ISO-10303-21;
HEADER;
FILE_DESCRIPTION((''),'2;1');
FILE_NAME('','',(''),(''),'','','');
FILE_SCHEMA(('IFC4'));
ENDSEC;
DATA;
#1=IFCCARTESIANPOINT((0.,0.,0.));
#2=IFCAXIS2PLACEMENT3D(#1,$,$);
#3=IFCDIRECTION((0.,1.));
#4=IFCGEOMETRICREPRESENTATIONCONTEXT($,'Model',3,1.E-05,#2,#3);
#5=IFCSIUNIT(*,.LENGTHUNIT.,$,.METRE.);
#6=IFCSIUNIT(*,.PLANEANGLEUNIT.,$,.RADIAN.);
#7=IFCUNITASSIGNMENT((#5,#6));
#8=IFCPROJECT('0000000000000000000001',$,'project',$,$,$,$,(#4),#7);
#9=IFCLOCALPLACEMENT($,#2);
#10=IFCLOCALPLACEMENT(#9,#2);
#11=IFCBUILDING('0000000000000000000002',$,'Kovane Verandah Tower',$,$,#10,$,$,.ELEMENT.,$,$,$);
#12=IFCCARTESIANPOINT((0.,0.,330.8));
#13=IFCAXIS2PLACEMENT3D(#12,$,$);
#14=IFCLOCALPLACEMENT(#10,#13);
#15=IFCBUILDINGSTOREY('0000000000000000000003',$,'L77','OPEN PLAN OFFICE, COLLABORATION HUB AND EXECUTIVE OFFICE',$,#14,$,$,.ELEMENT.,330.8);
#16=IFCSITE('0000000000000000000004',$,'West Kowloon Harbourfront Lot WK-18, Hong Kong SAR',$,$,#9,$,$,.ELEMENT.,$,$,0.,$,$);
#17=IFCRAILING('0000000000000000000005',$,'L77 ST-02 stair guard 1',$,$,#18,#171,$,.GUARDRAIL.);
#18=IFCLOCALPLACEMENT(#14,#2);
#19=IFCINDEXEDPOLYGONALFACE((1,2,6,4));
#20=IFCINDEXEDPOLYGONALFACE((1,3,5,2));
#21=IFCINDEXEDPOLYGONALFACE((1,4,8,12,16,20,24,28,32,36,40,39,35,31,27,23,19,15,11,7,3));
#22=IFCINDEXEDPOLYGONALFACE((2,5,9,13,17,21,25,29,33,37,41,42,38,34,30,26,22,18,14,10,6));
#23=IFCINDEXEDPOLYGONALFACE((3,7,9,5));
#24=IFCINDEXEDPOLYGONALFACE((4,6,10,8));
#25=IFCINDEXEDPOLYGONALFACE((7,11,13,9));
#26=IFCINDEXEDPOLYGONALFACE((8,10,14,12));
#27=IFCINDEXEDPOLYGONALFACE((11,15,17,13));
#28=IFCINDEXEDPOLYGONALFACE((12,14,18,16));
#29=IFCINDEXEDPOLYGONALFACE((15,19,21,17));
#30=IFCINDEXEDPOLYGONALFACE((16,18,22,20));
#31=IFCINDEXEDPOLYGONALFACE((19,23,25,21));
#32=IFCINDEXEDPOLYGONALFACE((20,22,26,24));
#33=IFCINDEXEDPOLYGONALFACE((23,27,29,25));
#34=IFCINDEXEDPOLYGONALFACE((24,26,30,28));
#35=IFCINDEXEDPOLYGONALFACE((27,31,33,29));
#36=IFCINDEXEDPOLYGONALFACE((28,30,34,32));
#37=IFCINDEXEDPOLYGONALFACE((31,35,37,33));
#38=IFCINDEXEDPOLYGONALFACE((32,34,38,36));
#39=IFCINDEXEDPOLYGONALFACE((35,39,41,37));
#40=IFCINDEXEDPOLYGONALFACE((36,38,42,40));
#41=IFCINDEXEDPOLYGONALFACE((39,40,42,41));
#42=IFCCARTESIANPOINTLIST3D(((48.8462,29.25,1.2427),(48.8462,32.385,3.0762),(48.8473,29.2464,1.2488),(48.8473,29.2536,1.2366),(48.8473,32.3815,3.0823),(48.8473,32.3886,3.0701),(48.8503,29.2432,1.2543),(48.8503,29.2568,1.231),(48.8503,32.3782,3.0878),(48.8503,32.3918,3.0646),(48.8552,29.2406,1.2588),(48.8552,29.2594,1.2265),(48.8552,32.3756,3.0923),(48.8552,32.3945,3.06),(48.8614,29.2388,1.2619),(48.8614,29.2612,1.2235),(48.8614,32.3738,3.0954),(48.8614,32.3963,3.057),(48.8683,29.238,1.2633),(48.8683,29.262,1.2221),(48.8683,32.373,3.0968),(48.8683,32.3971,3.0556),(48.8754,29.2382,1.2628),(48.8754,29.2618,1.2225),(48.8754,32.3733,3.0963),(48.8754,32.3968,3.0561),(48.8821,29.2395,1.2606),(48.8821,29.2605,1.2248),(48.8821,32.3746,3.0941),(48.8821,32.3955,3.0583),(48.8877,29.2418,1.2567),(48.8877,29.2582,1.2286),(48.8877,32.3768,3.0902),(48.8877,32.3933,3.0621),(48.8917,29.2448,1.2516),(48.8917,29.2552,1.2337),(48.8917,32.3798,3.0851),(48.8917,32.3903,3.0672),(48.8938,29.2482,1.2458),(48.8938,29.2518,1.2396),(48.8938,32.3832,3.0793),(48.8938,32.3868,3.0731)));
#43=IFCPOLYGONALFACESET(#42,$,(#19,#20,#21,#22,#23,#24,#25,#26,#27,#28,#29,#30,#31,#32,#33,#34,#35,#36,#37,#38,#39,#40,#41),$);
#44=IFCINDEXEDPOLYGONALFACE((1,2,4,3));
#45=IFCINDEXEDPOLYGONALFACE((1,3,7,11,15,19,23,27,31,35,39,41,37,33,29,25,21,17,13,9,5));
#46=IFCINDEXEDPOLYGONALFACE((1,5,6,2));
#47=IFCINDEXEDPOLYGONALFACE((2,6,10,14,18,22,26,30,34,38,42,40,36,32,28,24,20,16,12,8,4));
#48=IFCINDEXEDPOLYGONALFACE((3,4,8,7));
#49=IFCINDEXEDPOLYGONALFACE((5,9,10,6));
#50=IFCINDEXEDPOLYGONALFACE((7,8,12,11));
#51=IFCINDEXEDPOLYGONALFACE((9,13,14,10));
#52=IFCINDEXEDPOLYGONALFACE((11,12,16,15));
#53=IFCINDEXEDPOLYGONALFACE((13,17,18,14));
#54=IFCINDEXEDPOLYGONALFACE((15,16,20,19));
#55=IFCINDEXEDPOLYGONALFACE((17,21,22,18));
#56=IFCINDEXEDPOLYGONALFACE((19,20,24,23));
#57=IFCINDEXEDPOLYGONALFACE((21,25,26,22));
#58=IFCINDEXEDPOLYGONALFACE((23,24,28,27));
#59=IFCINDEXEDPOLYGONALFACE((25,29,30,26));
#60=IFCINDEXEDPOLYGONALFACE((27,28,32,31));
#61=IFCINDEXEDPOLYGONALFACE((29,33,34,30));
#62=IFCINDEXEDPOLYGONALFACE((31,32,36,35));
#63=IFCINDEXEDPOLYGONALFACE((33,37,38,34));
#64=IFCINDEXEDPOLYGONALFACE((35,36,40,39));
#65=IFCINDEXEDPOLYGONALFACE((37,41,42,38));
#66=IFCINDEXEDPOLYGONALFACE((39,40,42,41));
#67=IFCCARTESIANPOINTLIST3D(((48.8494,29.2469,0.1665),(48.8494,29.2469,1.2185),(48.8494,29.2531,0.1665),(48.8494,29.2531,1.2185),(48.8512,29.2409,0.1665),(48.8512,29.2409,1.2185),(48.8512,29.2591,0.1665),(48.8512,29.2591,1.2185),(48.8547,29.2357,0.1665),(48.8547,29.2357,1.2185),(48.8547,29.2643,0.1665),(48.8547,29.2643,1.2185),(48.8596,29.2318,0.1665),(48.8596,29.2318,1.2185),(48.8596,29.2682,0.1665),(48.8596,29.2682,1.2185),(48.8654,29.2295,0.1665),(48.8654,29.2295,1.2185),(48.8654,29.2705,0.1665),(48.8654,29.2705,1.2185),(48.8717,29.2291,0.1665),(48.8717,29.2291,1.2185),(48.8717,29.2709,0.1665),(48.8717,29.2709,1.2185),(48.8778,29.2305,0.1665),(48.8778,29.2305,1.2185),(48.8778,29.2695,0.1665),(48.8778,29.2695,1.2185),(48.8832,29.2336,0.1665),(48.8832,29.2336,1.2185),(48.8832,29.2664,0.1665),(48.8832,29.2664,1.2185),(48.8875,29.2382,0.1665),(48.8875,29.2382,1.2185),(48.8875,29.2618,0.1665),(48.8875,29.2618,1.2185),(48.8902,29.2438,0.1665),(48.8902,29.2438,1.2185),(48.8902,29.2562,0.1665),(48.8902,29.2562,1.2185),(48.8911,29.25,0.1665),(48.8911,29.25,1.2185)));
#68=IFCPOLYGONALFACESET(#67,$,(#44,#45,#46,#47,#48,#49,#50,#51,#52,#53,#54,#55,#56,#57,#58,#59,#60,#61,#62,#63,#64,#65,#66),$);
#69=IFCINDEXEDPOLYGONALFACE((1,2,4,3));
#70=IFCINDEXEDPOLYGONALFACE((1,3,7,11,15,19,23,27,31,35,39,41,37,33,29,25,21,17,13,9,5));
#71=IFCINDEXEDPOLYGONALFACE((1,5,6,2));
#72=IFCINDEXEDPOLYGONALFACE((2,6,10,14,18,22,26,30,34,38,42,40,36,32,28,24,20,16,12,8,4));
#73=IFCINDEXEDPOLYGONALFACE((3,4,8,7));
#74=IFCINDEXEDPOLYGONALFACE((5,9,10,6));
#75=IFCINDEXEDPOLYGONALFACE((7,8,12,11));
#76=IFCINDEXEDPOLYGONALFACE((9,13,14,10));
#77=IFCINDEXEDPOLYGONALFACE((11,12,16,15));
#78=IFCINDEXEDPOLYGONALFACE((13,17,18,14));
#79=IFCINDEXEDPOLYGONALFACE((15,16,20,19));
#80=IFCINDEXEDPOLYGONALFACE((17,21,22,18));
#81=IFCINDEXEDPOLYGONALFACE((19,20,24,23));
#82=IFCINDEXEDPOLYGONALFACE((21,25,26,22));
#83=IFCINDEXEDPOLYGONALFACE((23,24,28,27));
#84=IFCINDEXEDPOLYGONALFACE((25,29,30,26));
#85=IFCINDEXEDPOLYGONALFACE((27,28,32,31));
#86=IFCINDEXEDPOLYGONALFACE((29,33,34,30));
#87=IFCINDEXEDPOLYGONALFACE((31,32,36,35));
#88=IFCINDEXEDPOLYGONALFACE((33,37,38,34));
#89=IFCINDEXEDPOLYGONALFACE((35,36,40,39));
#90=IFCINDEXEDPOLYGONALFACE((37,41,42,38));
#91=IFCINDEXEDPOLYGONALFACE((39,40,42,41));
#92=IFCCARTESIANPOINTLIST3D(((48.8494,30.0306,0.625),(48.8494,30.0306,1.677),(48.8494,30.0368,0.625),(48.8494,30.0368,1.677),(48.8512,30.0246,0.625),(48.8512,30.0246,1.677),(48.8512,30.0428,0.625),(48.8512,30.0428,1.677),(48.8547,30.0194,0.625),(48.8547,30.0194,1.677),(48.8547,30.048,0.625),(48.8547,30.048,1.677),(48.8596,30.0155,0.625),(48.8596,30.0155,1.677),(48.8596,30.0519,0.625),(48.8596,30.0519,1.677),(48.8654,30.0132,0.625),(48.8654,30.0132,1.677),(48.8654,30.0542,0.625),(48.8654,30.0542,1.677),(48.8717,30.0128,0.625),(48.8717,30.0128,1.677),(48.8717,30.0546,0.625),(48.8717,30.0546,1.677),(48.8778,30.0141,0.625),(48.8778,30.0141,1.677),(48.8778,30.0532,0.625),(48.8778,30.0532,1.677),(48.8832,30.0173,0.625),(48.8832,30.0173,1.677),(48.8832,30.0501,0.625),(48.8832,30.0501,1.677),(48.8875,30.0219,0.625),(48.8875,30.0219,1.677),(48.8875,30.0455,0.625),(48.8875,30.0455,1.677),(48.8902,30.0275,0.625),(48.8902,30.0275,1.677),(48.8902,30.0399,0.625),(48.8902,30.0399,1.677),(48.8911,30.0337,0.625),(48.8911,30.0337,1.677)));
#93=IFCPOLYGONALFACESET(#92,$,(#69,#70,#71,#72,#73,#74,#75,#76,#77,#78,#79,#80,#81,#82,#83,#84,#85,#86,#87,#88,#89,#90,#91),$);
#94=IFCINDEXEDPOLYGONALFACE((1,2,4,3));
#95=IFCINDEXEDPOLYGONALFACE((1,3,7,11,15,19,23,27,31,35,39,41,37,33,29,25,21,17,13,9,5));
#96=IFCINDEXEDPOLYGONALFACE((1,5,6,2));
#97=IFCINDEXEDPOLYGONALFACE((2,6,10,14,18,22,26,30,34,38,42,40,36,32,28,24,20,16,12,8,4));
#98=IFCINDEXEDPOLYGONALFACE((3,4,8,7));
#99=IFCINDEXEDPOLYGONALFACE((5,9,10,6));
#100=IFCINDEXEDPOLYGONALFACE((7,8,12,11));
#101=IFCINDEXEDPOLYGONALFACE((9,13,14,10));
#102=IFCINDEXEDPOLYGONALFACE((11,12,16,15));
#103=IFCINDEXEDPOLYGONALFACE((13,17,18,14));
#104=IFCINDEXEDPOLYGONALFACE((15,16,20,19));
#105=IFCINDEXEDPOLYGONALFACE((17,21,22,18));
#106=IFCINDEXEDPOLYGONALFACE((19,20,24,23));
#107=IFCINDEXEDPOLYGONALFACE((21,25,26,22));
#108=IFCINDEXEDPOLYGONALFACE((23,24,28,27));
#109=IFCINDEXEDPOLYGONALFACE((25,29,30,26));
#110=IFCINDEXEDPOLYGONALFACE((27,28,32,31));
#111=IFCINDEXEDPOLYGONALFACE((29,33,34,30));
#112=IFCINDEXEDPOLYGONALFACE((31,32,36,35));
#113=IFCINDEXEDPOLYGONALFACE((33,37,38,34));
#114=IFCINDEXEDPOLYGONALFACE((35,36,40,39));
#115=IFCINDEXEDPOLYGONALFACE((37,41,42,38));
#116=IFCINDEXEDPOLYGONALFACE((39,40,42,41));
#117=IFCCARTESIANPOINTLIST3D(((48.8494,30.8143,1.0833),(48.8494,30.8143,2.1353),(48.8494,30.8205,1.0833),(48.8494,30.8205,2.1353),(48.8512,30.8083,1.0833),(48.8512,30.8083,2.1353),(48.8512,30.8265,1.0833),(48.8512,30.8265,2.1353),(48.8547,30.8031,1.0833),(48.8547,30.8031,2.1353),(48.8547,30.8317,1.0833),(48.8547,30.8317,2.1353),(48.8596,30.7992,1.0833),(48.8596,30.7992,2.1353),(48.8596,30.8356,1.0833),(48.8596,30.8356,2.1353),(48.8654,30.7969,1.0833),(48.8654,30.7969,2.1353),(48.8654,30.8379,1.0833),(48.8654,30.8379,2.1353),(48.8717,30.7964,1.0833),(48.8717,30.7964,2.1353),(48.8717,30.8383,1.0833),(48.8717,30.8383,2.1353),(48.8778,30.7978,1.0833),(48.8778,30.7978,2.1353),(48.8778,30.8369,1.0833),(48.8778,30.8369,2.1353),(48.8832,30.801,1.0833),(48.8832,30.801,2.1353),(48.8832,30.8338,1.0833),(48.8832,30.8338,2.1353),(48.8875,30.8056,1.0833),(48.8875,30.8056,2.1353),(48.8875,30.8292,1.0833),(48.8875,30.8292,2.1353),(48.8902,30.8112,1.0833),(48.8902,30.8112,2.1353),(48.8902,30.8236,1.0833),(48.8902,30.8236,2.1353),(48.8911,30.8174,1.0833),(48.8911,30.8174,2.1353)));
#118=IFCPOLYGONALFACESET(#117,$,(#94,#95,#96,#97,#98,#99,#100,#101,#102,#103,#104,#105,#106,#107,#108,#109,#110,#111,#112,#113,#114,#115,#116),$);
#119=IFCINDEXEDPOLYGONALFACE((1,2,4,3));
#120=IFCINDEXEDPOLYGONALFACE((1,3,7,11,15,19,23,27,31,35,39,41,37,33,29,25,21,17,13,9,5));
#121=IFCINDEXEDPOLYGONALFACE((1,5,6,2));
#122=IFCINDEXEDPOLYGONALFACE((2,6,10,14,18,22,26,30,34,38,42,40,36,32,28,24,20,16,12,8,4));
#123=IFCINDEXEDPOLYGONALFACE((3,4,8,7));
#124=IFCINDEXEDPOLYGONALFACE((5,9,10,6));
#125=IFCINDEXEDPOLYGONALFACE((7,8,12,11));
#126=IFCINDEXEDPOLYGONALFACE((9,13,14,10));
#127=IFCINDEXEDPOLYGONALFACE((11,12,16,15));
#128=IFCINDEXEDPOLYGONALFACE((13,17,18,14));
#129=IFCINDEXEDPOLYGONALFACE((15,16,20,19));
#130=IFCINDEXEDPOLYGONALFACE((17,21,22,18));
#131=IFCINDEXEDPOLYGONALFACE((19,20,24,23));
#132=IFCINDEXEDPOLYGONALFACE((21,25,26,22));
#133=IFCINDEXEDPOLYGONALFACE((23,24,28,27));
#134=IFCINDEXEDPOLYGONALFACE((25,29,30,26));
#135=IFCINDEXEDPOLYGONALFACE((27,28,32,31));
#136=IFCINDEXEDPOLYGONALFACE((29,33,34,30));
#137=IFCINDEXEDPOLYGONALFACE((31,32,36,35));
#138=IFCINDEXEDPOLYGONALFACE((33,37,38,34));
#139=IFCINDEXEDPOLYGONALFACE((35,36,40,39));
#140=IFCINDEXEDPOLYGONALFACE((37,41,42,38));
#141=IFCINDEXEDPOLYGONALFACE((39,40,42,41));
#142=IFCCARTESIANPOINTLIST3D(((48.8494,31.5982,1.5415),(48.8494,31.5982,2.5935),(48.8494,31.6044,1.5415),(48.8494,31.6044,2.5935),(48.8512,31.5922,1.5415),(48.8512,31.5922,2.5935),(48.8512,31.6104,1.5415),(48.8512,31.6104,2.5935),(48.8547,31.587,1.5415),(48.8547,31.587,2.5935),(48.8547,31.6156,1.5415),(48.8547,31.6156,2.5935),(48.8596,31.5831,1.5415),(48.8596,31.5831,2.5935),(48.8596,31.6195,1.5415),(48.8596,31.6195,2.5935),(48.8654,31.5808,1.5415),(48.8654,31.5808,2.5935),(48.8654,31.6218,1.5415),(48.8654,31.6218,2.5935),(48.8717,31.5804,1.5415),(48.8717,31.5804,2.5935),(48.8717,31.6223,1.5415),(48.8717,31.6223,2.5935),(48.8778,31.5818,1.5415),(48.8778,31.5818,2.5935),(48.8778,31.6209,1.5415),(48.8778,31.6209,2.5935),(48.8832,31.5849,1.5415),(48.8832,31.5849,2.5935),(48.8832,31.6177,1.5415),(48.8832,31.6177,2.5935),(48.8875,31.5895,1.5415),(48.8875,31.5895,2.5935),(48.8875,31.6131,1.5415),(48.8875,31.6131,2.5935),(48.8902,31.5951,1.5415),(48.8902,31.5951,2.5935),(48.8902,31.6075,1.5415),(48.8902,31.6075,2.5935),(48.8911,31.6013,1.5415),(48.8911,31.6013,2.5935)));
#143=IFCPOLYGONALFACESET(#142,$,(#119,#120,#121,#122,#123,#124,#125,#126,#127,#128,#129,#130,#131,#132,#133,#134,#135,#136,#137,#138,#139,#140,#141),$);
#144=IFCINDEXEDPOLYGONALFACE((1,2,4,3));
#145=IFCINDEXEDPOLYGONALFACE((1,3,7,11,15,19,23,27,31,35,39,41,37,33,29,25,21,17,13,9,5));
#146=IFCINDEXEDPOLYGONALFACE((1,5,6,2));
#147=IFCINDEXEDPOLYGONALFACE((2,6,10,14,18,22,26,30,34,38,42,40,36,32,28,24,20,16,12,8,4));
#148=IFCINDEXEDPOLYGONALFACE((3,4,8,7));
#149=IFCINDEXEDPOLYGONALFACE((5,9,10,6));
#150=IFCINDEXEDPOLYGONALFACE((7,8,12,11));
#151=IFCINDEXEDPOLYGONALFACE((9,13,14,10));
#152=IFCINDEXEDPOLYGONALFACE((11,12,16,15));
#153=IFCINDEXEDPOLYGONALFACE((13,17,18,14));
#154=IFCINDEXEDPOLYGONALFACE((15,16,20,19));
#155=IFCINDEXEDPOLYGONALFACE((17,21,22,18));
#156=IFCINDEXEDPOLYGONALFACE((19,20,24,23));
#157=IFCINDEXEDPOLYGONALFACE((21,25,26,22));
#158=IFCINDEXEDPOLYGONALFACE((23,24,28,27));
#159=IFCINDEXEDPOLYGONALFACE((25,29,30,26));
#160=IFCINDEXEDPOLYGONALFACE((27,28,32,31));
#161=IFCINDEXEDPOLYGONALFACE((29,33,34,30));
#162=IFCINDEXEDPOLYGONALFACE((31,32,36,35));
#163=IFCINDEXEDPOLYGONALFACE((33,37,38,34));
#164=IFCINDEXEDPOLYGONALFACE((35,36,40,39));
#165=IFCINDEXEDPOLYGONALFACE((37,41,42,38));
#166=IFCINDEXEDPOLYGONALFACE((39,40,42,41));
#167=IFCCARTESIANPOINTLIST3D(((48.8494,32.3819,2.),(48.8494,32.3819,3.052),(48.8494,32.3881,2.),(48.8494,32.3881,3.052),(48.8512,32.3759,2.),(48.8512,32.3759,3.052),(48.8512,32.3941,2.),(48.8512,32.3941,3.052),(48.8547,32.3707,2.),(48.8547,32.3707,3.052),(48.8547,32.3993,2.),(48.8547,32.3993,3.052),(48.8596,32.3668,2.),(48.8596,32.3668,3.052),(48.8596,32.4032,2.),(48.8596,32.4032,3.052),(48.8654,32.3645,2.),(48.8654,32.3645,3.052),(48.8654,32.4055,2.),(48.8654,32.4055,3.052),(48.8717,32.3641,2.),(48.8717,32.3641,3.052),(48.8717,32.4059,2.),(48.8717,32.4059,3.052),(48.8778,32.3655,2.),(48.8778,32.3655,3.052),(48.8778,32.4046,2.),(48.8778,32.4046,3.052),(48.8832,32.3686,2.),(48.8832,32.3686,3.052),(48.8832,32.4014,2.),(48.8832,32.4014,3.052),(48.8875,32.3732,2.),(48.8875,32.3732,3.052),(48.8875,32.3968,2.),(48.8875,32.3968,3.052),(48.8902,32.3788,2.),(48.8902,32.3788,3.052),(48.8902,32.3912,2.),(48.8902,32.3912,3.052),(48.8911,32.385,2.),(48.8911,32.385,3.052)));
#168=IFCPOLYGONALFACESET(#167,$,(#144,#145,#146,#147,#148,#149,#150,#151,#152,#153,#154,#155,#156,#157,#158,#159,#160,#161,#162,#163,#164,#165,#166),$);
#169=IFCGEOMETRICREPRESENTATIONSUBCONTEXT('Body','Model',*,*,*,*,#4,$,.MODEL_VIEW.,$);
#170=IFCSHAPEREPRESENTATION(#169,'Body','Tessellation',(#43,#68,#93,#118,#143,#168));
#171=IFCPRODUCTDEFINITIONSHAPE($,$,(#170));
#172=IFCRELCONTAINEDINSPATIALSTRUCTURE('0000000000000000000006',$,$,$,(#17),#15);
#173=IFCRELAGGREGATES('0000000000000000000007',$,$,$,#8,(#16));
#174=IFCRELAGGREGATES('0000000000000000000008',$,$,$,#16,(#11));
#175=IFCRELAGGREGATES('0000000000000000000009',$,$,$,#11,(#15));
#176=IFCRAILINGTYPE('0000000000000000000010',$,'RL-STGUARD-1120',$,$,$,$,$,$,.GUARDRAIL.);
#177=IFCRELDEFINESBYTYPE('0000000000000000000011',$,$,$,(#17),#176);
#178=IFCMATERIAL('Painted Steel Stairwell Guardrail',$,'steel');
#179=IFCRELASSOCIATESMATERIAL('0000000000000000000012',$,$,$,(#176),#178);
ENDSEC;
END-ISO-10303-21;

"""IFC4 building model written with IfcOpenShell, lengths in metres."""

from ifc_helpers import new_model, si_unit, direction, frame, origin, origin_2d, place, context, subcontext, project, spatial, circle, extrude, material, type_object, element, save


model = new_model("IFC4")

# Units and contexts
model_context = context("Model", 3, precision=1e-05, world=origin(), true_north=direction((0.0, 1.0)))
body_context = subcontext(model_context, "Body", "Model", "MODEL_VIEW")
ifc_project = project(units=[si_unit("LENGTHUNIT", "METRE"), si_unit("PLANEANGLEUNIT", "RADIAN")], contexts=[model_context])

# Site, building, storey
site_placement = place(None, origin())
site = spatial("IfcSite", under=ifc_project, at=site_placement, Name="West Kowloon Harbourfront Lot WK-18, Hong Kong SAR", CompositionType="ELEMENT", RefElevation=0.0)
building_placement = place(site_placement, origin())
building = spatial("IfcBuilding", under=site, at=building_placement, Name="Kovane Verandah Tower", CompositionType="ELEMENT")
storey_placement = place(building_placement, frame((0.0, 0.0, 330.8)))
storey = spatial("IfcBuildingStorey", under=building, at=storey_placement, Name="L77", Description="OPEN PLAN OFFICE, COLLABORATION HUB AND EXECUTIVE OFFICE", CompositionType="ELEMENT", Elevation=330.8)

# Railing
ifc_material_1 = material(Name="Painted Steel Stairwell Guardrail", Category="steel")
railing_type_1 = type_object("IfcRailingType", Name="RL-STGUARD-1120", PredefinedType="GUARDRAIL", material=ifc_material_1)
railing_1_placement = place(storey_placement, frame((48.8701, 29.25, 0.1665)))
element("IfcRailing", 1, at=railing_1_placement, inside=storey, type_object=railing_type_1, Name="L77 ST-02 stair guard 1", PredefinedType="GUARDRAIL", context=body_context, shape_type="SweptSolid", body=[
    extrude(circle(Radius=0.0239, at=origin_2d()), frame((0.0, 0.0, 1.0762), z_axis=(0.0, 0.86321, 0.504845), x_axis=(-1.0, 0.0, 0.0)), (0.0, 0.0, 1.0), 3.6318),
    extrude(circle(Radius=0.021, at=origin_2d()), origin(), (0.0, 0.0, 1.0), 1.052),
    extrude(circle(Radius=0.021, at=origin_2d()), frame((0.0, 0.7837, 0.4585)), (0.0, 0.0, 1.0), 1.052),
    extrude(circle(Radius=0.021, at=origin_2d()), frame((0.0, 1.5674, 0.9167)), (0.0, 0.0, 1.0), 1.052),
    extrude(circle(Radius=0.021, at=origin_2d()), frame((0.0, 2.3513, 1.375)), (0.0, 0.0, 1.0), 1.052),
    extrude(circle(Radius=0.021, at=origin_2d()), frame((0.0, 3.135, 1.8335)), (0.0, 0.0, 1.0), 1.052),
])

save(model, "model.ifc")
